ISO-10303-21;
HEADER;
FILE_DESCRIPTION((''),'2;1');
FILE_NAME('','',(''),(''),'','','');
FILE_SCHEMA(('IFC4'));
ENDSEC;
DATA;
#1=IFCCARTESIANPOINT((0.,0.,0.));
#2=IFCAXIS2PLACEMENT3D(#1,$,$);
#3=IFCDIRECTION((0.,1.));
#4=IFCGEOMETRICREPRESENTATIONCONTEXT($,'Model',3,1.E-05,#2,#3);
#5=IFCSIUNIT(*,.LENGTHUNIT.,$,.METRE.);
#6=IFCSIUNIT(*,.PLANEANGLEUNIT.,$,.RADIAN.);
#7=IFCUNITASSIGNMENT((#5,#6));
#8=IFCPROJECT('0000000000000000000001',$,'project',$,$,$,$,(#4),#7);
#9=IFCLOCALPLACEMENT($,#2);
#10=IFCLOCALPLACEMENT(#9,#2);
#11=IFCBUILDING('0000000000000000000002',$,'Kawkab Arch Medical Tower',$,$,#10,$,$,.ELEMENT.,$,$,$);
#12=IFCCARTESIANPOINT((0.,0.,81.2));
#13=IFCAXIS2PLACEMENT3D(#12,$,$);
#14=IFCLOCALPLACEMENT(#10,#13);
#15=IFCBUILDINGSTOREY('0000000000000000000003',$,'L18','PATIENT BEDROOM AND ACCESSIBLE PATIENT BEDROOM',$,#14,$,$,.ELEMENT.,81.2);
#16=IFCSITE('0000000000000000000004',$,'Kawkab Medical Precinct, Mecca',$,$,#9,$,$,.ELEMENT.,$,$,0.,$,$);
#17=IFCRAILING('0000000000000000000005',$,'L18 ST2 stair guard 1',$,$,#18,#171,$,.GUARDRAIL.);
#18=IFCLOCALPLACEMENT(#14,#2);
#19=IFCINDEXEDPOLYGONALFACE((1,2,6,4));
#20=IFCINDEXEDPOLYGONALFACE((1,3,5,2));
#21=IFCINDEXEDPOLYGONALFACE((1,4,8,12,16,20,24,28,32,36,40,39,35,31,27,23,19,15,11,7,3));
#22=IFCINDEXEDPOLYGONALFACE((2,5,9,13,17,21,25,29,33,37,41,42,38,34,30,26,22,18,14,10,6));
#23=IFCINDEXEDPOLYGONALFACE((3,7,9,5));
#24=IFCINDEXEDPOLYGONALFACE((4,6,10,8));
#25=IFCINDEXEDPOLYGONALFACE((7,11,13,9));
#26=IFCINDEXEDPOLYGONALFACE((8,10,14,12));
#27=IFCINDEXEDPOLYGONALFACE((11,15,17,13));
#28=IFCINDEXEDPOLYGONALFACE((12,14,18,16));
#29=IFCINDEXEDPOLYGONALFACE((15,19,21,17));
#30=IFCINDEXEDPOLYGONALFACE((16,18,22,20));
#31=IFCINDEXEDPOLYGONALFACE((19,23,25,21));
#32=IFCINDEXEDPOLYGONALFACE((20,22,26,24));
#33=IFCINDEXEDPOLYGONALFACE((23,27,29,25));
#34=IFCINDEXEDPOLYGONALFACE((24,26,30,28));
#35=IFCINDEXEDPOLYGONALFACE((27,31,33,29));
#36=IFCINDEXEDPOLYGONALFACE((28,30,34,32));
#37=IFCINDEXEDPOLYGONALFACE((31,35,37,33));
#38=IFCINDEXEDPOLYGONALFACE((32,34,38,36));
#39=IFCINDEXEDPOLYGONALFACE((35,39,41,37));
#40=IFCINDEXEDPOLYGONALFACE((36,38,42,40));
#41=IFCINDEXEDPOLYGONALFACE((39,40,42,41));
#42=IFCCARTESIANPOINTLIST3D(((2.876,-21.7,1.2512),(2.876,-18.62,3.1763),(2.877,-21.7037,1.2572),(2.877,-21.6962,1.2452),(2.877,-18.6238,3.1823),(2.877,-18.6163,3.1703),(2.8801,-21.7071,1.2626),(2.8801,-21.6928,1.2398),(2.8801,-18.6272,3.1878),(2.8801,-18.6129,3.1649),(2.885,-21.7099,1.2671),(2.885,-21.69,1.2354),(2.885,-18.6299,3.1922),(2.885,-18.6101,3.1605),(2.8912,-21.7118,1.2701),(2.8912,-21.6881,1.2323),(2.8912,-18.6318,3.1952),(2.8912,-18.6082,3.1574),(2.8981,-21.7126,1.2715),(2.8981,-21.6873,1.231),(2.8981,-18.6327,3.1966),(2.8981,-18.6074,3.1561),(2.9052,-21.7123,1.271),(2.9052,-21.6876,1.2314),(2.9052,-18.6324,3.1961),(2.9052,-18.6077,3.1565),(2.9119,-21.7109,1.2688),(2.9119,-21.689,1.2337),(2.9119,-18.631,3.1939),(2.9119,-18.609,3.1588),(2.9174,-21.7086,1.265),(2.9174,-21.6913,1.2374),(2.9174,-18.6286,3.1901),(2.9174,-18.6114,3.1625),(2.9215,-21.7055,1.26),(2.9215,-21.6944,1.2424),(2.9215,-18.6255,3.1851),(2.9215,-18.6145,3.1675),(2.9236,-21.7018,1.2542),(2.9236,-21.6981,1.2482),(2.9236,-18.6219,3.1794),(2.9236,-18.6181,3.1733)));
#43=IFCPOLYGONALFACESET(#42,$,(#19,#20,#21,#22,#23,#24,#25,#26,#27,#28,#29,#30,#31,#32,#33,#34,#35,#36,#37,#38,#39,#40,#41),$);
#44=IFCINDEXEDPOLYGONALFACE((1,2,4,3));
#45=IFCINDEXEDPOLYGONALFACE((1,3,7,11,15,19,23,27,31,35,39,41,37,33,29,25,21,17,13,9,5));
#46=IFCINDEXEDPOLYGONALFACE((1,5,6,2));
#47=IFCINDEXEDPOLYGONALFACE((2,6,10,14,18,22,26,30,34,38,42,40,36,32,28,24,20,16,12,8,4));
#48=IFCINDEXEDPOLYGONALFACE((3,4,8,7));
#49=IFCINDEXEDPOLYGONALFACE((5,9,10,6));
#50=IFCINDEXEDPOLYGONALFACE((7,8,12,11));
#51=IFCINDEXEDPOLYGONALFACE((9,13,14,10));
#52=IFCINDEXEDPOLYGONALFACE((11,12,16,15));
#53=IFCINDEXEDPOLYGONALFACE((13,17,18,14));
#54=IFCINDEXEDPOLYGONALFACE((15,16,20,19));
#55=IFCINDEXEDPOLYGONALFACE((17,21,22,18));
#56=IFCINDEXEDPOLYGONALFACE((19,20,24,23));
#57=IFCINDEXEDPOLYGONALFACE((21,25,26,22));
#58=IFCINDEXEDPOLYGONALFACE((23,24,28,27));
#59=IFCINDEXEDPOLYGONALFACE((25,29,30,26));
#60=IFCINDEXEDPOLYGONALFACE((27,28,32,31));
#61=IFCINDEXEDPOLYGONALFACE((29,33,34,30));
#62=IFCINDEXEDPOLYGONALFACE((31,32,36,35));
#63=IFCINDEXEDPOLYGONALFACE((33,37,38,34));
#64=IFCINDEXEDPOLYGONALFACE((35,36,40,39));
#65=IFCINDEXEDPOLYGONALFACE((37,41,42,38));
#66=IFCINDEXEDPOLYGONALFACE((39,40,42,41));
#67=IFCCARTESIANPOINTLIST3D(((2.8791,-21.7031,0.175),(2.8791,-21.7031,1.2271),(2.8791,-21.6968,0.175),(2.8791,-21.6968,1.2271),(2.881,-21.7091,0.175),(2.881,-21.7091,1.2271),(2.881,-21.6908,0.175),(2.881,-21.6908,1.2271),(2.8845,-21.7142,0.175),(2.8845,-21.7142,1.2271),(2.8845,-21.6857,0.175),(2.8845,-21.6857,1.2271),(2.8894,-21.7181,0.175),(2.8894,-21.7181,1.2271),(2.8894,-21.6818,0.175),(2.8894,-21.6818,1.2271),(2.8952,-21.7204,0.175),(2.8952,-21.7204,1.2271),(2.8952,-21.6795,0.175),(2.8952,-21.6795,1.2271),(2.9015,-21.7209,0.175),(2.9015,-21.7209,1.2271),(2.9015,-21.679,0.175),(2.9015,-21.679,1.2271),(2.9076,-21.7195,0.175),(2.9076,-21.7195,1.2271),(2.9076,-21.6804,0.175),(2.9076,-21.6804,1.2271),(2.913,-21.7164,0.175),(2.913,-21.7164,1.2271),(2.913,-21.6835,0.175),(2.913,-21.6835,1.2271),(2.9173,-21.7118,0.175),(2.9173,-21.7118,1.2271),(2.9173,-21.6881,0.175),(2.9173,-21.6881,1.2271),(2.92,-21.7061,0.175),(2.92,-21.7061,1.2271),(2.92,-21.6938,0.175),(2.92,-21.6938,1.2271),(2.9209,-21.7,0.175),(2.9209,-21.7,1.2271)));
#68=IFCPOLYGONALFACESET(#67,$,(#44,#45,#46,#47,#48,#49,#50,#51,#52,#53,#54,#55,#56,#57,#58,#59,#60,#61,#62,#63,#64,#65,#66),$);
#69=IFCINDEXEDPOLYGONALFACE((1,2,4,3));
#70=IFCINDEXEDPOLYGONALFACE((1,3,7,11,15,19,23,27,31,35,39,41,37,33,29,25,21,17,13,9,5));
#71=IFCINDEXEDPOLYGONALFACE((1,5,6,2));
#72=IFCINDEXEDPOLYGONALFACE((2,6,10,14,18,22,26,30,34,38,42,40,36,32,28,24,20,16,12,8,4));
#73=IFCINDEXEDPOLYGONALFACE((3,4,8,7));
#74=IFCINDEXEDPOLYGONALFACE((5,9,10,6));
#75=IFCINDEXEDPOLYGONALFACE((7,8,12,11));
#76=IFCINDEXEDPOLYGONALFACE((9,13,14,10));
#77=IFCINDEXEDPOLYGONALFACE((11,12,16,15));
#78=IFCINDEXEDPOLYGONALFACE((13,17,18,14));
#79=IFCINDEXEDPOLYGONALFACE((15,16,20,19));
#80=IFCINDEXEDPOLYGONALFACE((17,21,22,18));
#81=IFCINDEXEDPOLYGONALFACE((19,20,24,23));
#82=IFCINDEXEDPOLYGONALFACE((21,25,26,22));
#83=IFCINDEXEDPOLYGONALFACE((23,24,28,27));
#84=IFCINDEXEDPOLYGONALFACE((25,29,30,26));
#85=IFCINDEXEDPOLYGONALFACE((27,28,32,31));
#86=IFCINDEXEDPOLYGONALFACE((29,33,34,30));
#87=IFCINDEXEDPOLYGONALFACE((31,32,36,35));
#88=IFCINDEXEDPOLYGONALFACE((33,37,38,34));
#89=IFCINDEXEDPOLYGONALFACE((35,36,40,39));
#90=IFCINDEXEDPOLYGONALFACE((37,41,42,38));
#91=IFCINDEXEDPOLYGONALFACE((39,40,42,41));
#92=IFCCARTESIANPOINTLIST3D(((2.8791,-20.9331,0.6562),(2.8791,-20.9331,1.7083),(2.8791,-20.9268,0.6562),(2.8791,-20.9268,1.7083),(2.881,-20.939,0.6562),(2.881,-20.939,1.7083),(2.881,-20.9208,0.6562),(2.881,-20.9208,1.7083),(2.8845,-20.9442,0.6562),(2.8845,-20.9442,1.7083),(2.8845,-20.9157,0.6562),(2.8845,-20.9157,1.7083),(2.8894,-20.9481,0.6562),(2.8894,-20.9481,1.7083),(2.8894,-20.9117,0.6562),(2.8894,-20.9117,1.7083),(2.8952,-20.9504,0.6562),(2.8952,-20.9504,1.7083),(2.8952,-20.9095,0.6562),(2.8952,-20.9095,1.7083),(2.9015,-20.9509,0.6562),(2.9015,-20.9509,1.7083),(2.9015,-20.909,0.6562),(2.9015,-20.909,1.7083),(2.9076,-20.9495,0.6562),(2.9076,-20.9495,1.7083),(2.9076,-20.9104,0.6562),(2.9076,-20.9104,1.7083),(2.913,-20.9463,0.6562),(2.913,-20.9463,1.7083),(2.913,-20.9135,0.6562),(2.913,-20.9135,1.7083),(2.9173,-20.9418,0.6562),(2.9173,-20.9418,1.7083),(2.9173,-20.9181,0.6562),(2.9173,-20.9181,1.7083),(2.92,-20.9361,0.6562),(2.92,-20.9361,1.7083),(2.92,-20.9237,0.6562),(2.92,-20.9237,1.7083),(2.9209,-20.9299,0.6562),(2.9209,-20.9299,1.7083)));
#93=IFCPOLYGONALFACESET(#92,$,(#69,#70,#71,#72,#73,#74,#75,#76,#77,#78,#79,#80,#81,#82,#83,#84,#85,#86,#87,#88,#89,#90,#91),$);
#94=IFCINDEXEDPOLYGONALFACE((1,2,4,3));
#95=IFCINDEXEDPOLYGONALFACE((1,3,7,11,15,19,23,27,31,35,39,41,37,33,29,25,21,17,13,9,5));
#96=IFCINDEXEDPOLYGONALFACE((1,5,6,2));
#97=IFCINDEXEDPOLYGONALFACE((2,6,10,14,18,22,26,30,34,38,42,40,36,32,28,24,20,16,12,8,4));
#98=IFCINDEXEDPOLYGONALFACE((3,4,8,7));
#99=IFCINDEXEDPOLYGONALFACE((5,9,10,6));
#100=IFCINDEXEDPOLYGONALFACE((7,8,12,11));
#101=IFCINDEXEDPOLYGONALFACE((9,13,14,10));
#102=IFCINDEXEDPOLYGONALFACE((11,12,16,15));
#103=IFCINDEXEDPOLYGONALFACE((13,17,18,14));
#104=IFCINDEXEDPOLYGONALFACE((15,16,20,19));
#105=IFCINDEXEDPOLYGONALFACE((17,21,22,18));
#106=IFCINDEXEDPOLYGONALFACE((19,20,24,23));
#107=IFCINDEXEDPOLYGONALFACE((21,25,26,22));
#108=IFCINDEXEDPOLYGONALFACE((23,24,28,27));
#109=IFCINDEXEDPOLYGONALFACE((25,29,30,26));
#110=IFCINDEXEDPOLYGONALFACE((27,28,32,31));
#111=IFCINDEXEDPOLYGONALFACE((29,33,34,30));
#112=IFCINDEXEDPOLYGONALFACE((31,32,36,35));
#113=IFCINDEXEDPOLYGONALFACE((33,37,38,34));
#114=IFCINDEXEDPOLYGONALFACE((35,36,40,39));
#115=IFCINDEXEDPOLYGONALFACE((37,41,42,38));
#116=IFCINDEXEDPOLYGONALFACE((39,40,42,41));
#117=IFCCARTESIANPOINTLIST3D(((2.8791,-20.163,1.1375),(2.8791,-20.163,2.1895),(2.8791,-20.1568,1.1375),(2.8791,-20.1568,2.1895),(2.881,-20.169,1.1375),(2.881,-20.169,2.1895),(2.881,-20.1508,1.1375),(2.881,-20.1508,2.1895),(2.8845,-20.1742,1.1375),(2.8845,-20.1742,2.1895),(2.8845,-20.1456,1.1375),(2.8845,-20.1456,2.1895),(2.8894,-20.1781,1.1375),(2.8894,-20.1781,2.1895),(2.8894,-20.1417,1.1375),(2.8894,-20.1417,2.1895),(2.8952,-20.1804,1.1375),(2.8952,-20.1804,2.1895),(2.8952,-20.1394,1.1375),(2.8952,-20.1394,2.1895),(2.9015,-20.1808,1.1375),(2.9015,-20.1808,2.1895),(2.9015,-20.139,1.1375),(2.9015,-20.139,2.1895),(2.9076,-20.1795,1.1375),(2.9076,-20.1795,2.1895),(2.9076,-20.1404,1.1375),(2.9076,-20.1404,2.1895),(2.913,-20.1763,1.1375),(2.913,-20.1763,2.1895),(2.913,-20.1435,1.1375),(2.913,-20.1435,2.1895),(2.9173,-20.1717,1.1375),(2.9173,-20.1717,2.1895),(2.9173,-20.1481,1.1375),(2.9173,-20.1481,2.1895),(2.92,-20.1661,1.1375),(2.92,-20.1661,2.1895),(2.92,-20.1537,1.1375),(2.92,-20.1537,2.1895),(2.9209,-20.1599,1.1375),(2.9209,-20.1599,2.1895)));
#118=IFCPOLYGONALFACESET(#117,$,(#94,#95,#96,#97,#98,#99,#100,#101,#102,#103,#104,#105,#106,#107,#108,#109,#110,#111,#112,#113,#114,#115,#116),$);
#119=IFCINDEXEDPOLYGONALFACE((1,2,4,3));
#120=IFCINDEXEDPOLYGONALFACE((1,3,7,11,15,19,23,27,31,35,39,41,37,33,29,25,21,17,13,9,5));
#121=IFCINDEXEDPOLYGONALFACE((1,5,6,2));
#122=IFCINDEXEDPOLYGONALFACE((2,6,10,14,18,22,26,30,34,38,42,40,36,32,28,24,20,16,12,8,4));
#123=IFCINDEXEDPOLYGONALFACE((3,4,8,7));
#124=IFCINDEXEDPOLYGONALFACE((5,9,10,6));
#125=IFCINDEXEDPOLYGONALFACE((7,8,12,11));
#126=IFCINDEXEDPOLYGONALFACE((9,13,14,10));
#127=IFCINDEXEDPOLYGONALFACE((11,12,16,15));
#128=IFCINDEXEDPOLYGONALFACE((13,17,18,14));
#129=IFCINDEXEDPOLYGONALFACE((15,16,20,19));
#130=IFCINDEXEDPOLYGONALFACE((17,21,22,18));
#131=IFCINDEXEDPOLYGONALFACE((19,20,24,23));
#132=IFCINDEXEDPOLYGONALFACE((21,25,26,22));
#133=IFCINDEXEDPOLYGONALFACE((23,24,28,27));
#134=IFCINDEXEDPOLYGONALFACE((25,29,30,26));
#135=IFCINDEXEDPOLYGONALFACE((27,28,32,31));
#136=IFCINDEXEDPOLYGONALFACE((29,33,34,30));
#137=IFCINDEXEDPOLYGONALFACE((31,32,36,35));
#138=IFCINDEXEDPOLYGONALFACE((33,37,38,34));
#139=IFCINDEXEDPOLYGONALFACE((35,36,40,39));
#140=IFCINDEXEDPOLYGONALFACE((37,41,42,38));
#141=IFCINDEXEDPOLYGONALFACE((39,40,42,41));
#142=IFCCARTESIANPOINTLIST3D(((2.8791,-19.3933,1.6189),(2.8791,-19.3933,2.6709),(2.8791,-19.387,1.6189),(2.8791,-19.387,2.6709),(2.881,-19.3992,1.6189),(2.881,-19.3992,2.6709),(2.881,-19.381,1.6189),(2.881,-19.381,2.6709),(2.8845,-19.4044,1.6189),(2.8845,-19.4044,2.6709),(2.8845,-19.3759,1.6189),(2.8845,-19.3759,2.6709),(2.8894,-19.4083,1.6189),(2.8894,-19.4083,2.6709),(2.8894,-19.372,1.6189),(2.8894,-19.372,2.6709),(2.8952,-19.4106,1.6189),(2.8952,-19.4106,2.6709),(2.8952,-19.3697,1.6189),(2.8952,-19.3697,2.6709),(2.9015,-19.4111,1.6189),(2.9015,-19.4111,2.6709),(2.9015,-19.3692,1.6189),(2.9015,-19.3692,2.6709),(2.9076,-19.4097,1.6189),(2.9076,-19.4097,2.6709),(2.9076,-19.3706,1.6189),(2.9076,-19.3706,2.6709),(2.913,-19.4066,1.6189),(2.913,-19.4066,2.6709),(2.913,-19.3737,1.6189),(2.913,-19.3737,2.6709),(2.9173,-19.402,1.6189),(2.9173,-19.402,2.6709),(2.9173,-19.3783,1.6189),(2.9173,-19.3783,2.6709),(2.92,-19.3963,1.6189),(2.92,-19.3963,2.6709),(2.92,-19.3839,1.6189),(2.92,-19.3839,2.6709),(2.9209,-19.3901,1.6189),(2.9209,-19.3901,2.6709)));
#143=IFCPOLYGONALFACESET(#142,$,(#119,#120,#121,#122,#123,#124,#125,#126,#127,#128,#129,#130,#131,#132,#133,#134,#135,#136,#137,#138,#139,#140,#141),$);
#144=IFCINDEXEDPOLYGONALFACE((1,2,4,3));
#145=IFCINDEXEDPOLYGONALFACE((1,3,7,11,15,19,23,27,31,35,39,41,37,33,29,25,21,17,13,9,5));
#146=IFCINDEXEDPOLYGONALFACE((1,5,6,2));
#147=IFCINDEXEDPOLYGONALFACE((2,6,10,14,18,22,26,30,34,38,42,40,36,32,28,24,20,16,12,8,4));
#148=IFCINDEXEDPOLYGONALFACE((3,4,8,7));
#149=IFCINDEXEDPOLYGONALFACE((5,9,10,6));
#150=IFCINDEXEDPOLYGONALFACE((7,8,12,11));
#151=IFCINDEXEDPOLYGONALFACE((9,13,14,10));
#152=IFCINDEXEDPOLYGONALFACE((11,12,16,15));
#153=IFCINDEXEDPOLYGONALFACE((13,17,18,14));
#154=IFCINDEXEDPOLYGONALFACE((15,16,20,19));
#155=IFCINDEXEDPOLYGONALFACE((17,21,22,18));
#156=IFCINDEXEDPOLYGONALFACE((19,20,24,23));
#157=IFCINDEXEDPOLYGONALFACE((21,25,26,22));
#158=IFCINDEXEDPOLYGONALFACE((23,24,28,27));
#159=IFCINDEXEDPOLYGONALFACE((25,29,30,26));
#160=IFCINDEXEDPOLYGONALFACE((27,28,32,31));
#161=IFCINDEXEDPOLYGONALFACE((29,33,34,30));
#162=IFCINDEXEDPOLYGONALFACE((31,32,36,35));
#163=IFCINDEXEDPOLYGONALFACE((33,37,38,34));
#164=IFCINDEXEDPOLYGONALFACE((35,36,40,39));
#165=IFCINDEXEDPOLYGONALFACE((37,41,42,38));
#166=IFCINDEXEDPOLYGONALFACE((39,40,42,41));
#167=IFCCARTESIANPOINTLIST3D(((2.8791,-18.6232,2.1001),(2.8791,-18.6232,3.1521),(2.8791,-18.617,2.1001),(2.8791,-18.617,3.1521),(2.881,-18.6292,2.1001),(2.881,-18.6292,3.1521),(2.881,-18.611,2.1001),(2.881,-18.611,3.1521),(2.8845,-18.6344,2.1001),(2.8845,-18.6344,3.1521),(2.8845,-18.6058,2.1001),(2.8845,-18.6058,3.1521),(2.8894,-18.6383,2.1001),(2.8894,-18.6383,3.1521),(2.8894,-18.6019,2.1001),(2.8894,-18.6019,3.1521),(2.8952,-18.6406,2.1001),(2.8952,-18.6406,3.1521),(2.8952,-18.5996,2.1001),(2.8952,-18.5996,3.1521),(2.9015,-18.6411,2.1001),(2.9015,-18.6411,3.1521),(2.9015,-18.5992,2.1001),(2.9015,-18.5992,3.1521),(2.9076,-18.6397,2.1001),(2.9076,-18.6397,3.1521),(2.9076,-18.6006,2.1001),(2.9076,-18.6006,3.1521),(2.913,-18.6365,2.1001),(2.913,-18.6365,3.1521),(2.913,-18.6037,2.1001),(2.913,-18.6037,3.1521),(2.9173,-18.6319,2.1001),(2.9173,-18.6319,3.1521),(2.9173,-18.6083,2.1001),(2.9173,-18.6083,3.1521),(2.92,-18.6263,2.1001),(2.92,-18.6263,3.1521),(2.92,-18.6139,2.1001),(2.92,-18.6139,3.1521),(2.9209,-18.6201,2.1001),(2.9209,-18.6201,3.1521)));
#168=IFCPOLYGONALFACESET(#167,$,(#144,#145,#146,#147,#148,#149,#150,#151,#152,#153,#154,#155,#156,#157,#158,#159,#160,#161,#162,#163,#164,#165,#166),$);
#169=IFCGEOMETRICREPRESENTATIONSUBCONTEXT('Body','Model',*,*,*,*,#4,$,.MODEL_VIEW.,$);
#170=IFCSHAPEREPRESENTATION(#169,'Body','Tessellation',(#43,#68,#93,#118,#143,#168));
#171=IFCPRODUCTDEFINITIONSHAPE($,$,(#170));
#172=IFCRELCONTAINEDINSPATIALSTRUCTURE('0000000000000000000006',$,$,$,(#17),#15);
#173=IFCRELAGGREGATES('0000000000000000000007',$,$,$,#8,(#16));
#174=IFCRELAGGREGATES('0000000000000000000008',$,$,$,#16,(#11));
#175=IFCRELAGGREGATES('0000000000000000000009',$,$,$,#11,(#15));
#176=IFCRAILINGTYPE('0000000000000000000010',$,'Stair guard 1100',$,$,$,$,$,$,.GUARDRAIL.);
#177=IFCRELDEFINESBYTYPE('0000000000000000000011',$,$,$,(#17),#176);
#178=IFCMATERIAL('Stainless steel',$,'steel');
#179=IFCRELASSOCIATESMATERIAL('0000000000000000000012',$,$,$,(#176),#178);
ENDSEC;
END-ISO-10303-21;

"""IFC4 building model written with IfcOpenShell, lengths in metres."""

from ifc_helpers import new_model, si_unit, direction, frame, origin, origin_2d, place, context, subcontext, project, spatial, circle, extrude, material, type_object, element, save


model = new_model("IFC4")

# Units and contexts
model_context = context("Model", 3, precision=1e-05, world=origin(), true_north=direction((0.0, 1.0)))
body_context = subcontext(model_context, "Body", "Model", "MODEL_VIEW")
ifc_project = project(units=[si_unit("LENGTHUNIT", "METRE"), si_unit("PLANEANGLEUNIT", "RADIAN")], contexts=[model_context])

# Site, building, storey
site_placement = place(None, origin())
site = spatial("IfcSite", under=ifc_project, at=site_placement, Name="Kawkab Medical Precinct, Mecca", CompositionType="ELEMENT", RefElevation=0.0)
building_placement = place(site_placement, origin())
building = spatial("IfcBuilding", under=site, at=building_placement, Name="Kawkab Arch Medical Tower", CompositionType="ELEMENT")
storey_placement = place(building_placement, frame((0.0, 0.0, 81.2)))
storey = spatial("IfcBuildingStorey", under=building, at=storey_placement, Name="L18", Description="PATIENT BEDROOM AND ACCESSIBLE PATIENT BEDROOM", CompositionType="ELEMENT", Elevation=81.2)

# Railing
ifc_material_1 = material(Name="Stainless steel", Category="steel")
railing_type = type_object("IfcRailingType", Name="Stair guard 1100", PredefinedType="GUARDRAIL", material=ifc_material_1)
railing_placement = place(storey_placement, frame((2.8999, -21.7, 0.175)))
element("IfcRailing", 1, at=railing_placement, inside=storey, type_object=railing_type, Name="L18 ST2 stair guard 1", PredefinedType="GUARDRAIL", context=body_context, shape_type="SweptSolid", body=[
    extrude(circle(Radius=0.0239, at=origin_2d()), frame((0.0, 0.0, 1.0762), z_axis=(0.0, 0.847979, 0.530029), x_axis=(-1.0, 0.0, 0.0)), (0.0, 0.0, 1.0), 3.6321),
    extrude(circle(Radius=0.021, at=origin_2d()), origin(), (0.0, 0.0, 1.0), 1.052),
    extrude(circle(Radius=0.021, at=origin_2d()), frame((0.0, 0.77, 0.4812)), (0.0, 0.0, 1.0), 1.052),
    extrude(circle(Radius=0.021, at=origin_2d()), frame((0.0, 1.54, 0.9624)), (0.0, 0.0, 1.0), 1.052),
    extrude(circle(Radius=0.021, at=origin_2d()), frame((0.0, 2.3098, 1.4438)), (0.0, 0.0, 1.0), 1.052),
    extrude(circle(Radius=0.021, at=origin_2d()), frame((0.0, 3.0798, 1.925)), (0.0, 0.0, 1.0), 1.052),
])

save(model, "model.ifc")
